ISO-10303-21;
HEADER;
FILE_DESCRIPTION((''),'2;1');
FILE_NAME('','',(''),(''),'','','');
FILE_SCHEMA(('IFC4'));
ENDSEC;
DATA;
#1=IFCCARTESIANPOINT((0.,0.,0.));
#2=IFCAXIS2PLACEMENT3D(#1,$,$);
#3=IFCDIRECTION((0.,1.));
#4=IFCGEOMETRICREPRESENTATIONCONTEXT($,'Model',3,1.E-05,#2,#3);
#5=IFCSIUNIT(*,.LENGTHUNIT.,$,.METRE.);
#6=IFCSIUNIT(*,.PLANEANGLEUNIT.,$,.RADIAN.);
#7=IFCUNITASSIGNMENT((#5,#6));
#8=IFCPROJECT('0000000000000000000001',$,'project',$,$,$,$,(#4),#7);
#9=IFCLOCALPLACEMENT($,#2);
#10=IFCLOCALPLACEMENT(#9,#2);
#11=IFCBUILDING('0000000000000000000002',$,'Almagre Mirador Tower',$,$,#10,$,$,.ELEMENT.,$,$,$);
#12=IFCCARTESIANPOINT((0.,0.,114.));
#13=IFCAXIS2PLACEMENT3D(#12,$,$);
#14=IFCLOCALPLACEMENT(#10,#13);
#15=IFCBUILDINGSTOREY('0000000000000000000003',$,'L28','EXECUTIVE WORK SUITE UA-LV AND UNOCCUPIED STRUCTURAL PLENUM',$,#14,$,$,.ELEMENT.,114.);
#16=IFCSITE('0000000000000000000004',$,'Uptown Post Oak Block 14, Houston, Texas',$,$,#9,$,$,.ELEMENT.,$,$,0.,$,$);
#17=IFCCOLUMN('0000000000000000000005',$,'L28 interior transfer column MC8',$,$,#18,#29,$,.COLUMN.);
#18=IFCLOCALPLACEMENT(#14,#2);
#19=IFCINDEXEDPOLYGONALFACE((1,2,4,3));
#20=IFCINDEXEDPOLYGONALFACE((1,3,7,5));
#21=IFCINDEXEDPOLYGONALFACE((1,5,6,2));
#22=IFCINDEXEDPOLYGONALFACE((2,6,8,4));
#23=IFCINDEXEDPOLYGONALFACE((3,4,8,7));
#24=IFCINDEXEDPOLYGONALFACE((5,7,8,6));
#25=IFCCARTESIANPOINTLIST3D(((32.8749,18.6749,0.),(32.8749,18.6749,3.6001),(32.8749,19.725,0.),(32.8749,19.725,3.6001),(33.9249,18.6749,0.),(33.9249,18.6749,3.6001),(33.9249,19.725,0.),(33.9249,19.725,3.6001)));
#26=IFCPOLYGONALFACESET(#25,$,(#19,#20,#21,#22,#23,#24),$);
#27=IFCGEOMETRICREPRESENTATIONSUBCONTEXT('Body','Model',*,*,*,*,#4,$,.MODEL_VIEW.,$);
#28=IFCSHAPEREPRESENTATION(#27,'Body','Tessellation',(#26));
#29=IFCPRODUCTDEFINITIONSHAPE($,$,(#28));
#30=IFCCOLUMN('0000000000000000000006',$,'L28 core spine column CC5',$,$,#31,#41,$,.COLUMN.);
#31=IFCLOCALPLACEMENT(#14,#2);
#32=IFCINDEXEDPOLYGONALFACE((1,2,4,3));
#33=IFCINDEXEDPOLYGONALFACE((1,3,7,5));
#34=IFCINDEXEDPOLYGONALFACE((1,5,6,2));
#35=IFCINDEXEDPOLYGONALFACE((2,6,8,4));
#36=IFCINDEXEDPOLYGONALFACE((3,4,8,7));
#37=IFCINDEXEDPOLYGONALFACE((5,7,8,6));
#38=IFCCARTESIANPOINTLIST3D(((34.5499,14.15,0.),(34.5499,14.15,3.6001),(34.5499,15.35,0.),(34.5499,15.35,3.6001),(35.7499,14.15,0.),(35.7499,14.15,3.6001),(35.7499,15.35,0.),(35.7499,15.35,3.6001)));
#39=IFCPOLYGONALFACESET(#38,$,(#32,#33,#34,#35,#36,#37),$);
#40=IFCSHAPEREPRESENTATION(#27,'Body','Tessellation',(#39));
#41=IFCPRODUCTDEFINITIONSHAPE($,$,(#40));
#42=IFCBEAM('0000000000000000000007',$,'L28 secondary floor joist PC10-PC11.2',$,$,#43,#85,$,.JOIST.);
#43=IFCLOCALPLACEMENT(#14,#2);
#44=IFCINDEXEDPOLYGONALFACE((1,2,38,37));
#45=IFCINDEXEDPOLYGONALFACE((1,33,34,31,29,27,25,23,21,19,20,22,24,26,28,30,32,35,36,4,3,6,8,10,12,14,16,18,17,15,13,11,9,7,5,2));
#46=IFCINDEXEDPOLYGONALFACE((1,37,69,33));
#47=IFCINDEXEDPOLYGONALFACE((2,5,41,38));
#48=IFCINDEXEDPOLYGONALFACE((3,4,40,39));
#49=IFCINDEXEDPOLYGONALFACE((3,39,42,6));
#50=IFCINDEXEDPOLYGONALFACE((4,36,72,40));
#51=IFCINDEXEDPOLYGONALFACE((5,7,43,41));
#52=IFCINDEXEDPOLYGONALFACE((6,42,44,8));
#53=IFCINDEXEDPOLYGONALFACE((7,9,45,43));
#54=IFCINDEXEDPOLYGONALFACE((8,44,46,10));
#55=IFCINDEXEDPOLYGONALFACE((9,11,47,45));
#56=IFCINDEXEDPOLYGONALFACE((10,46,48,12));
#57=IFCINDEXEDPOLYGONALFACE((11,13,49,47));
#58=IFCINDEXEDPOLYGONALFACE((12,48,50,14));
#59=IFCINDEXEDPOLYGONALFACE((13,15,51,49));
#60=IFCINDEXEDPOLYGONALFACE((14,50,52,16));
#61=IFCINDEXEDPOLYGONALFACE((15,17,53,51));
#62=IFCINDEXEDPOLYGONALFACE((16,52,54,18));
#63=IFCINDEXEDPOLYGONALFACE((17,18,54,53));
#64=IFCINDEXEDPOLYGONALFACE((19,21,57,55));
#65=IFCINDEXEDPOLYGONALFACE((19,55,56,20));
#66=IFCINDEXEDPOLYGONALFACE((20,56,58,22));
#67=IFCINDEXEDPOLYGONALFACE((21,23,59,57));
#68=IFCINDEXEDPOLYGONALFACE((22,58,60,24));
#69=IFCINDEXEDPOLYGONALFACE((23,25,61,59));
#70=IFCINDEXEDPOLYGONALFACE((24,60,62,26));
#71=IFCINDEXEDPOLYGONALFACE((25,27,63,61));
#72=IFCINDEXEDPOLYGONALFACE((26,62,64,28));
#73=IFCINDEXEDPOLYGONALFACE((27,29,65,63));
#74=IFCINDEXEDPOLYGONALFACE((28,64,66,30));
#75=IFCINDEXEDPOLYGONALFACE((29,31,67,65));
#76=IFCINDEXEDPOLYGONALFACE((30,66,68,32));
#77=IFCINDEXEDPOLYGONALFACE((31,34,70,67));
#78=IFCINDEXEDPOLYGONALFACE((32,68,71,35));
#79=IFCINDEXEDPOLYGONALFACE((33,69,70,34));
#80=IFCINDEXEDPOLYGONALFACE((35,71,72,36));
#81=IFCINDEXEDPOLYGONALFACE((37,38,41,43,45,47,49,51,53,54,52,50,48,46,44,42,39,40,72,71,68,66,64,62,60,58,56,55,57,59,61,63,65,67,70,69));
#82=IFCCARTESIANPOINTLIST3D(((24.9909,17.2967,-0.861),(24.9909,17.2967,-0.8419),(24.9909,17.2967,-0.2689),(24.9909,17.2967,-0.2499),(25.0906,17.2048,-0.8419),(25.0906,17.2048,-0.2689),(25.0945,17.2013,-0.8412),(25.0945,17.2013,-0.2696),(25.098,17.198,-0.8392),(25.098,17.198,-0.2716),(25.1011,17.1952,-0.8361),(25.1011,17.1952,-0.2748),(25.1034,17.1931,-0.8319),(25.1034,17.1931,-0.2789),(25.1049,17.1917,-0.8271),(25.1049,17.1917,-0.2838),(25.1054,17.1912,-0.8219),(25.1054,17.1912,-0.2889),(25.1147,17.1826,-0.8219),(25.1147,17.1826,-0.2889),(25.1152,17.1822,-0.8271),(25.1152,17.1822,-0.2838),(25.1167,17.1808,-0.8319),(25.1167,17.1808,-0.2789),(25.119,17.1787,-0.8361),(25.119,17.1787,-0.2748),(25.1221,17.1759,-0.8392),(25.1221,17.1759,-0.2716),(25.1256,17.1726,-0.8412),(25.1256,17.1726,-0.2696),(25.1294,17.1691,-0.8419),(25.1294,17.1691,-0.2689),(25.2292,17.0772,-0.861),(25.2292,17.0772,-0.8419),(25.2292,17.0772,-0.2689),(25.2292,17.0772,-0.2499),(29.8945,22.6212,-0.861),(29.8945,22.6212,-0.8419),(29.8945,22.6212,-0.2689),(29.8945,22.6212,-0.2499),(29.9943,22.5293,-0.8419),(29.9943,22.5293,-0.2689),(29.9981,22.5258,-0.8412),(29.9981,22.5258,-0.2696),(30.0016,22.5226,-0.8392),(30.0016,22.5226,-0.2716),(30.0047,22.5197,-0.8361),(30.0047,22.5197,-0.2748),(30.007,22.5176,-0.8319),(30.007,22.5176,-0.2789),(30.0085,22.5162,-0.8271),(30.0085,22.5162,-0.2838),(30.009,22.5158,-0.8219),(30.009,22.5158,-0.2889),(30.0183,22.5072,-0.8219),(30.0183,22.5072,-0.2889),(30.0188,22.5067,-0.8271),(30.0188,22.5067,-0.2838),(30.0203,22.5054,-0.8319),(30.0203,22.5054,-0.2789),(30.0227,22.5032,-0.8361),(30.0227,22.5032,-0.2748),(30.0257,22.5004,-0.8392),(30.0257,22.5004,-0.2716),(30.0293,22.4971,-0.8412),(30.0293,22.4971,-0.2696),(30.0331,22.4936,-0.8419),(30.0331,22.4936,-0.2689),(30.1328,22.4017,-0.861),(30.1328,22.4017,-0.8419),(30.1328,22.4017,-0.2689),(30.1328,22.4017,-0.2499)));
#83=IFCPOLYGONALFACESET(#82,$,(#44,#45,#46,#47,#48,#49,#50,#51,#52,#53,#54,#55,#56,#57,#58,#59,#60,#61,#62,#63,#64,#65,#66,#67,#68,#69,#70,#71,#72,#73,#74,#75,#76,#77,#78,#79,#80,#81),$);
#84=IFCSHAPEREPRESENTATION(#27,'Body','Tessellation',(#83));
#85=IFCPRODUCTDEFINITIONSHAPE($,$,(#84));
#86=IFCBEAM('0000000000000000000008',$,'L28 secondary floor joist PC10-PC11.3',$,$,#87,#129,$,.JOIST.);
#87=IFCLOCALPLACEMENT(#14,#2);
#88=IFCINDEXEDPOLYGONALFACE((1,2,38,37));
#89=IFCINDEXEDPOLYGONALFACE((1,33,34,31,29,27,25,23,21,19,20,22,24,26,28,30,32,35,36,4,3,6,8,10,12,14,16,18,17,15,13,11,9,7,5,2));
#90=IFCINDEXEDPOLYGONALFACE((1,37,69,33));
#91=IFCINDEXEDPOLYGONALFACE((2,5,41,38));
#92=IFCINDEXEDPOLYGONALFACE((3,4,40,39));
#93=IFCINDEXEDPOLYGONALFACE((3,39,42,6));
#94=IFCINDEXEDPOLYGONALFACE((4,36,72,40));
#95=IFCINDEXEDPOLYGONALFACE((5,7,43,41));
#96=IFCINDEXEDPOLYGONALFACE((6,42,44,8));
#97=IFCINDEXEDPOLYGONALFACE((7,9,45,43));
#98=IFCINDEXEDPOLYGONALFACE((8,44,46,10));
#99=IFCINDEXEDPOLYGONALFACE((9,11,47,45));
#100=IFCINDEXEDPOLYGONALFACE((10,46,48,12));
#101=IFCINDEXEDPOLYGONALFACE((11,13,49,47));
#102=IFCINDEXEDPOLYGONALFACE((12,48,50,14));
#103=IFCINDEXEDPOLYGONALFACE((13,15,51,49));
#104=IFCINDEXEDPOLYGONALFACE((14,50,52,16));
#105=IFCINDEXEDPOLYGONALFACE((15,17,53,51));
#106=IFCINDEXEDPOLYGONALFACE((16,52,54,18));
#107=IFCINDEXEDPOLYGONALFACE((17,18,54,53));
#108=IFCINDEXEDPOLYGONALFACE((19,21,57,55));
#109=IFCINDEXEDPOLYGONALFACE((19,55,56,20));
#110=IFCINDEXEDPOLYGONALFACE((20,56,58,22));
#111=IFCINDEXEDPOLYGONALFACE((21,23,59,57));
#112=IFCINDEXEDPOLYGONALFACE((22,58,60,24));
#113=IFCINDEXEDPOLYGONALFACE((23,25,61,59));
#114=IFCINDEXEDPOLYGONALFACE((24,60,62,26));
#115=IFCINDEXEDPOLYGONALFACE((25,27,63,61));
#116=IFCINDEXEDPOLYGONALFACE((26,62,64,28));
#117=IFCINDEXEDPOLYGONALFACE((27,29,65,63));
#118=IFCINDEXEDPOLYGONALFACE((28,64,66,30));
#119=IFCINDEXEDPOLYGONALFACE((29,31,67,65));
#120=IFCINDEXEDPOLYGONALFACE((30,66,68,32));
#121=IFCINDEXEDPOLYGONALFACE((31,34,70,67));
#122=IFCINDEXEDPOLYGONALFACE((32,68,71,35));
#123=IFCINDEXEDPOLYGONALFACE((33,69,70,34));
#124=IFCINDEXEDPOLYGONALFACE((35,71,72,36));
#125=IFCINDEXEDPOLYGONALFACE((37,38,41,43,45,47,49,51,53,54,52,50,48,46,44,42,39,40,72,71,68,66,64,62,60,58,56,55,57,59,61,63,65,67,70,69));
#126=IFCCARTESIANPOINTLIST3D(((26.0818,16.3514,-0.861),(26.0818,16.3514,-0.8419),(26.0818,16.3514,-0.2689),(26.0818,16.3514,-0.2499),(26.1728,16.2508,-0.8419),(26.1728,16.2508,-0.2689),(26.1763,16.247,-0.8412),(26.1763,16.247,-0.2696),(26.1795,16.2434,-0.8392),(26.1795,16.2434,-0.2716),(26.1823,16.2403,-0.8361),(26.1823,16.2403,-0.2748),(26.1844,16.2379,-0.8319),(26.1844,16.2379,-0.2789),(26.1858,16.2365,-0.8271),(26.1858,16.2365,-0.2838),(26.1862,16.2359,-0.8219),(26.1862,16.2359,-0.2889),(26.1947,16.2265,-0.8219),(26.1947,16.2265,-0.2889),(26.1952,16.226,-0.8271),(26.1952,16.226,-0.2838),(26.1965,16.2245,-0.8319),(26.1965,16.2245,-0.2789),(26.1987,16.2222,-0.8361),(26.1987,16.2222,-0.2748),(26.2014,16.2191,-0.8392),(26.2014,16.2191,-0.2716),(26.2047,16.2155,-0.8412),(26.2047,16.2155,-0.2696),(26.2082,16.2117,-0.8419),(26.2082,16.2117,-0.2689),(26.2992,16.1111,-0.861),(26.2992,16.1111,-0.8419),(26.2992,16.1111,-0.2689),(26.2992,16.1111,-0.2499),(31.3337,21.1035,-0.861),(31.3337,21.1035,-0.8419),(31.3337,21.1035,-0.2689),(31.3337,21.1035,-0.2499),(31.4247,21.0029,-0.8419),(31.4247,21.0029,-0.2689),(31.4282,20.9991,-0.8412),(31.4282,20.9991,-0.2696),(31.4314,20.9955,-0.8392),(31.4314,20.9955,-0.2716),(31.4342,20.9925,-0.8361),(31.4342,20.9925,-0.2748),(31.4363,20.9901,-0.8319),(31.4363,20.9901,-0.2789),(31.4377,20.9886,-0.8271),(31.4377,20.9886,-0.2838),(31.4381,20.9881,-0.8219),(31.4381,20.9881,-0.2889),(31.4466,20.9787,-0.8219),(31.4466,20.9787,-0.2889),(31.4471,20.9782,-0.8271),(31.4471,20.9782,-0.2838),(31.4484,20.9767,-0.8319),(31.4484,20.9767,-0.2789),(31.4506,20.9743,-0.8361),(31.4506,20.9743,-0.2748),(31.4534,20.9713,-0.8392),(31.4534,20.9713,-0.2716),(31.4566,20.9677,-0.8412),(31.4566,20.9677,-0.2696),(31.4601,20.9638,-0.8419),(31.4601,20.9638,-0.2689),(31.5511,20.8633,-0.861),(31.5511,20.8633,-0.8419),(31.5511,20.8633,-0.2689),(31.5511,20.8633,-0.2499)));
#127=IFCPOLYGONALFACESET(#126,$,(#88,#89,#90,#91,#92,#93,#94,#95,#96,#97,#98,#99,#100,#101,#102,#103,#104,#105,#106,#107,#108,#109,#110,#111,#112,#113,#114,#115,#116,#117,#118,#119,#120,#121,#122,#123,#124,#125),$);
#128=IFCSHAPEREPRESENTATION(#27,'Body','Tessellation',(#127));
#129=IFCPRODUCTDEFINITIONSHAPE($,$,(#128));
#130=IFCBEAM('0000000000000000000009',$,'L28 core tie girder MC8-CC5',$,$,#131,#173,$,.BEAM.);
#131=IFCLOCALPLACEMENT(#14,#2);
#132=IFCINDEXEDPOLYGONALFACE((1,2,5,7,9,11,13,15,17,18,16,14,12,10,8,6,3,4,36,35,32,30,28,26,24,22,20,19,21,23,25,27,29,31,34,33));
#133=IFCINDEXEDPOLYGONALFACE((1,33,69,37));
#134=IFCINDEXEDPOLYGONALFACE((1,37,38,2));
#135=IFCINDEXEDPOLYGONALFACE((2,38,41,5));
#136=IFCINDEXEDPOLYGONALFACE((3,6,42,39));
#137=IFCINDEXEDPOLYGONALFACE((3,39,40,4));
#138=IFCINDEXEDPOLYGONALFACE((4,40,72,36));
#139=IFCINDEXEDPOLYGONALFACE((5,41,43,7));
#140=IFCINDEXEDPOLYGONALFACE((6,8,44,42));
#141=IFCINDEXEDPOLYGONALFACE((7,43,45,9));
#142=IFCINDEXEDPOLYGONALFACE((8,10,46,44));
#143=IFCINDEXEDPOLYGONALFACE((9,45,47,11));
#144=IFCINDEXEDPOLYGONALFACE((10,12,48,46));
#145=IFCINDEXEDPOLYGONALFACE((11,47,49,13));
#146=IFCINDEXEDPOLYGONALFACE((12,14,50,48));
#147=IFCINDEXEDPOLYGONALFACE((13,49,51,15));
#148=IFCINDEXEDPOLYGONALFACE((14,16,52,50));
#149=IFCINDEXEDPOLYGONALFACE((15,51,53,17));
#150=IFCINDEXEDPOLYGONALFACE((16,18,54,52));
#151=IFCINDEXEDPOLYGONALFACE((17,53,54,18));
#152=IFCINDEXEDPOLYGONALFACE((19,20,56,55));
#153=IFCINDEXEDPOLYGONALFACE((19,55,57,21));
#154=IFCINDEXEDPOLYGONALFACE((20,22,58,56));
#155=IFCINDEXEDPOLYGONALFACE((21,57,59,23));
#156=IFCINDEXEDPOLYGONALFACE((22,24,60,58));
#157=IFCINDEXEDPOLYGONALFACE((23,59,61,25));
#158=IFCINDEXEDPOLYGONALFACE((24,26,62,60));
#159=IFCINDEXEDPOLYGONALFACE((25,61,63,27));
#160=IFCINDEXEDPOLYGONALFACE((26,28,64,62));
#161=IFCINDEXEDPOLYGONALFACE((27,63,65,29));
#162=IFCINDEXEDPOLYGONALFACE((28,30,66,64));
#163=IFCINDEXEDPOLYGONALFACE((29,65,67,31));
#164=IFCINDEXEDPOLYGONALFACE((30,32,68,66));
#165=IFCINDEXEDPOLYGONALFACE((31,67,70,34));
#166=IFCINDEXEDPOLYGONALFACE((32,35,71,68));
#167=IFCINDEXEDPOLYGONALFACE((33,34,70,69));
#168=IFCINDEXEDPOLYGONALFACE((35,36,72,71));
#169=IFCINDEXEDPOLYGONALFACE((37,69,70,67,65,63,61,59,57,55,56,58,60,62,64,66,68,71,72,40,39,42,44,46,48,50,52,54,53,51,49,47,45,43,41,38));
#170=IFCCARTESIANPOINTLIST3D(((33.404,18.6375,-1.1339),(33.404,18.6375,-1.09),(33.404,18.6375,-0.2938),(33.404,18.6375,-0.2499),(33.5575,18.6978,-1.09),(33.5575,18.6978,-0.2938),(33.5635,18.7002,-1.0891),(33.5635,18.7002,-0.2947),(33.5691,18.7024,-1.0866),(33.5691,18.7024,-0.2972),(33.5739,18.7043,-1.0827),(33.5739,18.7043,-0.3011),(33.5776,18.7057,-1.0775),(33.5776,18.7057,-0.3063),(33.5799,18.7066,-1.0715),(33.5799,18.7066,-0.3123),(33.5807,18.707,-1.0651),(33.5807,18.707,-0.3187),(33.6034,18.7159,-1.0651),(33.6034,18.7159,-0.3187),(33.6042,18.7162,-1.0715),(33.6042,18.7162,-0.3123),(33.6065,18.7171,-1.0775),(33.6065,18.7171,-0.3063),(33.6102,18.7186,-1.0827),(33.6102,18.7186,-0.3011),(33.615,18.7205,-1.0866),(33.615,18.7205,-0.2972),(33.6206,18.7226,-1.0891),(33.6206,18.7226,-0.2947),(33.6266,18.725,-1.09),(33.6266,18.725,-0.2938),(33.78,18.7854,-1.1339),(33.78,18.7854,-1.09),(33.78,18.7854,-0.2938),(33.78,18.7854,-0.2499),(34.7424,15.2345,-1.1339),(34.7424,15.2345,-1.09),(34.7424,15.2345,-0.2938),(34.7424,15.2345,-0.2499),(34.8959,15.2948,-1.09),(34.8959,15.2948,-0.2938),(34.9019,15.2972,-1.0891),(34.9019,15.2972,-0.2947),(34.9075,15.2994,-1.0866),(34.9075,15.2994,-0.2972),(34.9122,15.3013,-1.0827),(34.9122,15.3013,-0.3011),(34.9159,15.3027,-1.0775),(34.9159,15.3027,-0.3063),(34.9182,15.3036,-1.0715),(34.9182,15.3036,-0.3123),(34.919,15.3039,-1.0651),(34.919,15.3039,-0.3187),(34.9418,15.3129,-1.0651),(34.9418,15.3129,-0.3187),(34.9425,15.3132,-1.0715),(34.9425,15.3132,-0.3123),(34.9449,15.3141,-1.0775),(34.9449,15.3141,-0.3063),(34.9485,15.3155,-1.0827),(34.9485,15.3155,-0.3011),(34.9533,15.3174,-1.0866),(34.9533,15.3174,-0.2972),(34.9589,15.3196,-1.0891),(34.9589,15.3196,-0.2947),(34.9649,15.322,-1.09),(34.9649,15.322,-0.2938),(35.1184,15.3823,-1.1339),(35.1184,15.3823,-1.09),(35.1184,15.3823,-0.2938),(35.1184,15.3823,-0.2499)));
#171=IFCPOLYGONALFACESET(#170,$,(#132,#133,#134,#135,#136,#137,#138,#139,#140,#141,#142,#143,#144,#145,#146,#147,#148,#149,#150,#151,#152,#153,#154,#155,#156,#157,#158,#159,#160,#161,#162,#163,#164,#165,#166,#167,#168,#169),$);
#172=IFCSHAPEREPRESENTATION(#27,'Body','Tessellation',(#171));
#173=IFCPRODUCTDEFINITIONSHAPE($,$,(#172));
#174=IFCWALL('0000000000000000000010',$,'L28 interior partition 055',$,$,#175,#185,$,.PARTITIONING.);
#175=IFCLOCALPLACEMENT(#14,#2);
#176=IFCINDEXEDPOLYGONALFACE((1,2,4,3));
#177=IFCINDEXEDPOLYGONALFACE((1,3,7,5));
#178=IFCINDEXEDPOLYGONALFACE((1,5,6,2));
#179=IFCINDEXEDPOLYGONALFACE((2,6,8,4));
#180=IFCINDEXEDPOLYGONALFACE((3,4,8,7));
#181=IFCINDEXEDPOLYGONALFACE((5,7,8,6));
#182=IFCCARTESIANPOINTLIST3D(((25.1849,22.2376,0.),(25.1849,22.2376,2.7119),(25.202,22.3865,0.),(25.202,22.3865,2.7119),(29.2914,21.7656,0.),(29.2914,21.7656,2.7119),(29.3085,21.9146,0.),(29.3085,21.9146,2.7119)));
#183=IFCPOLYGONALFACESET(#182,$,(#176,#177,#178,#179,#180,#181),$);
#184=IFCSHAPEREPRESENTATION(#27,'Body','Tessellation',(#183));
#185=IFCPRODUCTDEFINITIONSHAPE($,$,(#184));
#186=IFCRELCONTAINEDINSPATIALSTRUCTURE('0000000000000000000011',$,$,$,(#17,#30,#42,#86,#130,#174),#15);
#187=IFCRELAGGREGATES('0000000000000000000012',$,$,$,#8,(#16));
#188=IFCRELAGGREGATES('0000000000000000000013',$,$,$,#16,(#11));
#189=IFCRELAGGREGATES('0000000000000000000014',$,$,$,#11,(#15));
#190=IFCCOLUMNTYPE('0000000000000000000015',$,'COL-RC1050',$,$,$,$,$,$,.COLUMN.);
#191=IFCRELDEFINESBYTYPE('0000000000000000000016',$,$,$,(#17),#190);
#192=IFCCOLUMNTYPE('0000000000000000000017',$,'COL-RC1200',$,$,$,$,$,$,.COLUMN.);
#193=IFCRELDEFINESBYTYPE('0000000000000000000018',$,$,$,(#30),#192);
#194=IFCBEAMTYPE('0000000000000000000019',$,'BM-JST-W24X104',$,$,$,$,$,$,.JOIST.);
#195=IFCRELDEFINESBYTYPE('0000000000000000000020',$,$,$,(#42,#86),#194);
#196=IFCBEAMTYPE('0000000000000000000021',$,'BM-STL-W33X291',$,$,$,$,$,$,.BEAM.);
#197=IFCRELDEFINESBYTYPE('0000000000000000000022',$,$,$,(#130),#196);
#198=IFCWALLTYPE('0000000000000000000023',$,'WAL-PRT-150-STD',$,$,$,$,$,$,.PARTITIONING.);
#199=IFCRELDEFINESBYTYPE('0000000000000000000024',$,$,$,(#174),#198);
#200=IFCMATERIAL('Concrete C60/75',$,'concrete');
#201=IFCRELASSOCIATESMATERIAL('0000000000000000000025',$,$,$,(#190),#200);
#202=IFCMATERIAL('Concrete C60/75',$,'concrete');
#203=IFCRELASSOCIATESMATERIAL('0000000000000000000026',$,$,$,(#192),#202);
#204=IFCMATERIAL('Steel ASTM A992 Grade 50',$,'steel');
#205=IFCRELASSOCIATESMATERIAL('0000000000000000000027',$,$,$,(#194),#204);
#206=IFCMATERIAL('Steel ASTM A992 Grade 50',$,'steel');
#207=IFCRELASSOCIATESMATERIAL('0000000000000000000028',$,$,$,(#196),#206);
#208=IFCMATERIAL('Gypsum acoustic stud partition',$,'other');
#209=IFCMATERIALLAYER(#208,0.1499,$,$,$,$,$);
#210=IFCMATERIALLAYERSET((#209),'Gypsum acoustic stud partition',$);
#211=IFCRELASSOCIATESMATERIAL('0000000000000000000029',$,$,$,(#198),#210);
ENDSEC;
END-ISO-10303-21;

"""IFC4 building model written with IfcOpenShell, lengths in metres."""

from ifc_helpers import new_model, si_unit, direction, frame, frame_2d, origin, origin_2d, place, context, subcontext, project, spatial, rectangle, i_section, extrude, material, layer, layer_set, material_profile, profile_set, type_object, element, save


model = new_model("IFC4")

# Units and contexts
model_context = context("Model", 3, precision=1e-05, world=origin(), true_north=direction((0.0, 1.0)))
body_context = subcontext(model_context, "Body", "Model", "MODEL_VIEW")
ifc_project = project(units=[si_unit("LENGTHUNIT", "METRE"), si_unit("PLANEANGLEUNIT", "RADIAN")], contexts=[model_context])

# Site, building, storey
site_placement = place(None, origin())
site = spatial("IfcSite", under=ifc_project, at=site_placement, Name="Uptown Post Oak Block 14, Houston, Texas", CompositionType="ELEMENT", RefElevation=0.0)
building_placement = place(site_placement, origin())
building = spatial("IfcBuilding", under=site, at=building_placement, Name="Almagre Mirador Tower", CompositionType="ELEMENT")
storey_placement = place(building_placement, frame((0.0, 0.0, 114.0)))
storey = spatial("IfcBuildingStorey", under=building, at=storey_placement, Name="L28", Description="EXECUTIVE WORK SUITE UA-LV AND UNOCCUPIED STRUCTURAL PLENUM", CompositionType="ELEMENT", Elevation=114.0)

# Columns
ifc_material_1 = material(Name="Concrete C60/75", Category="concrete")
ifc_material_profile_1 = material_profile(ifc_material_1, rectangle(XDim=1.05, YDim=1.05, at=origin_2d()), Name="RC1050X1050")
ifc_profile_set_1 = profile_set([ifc_material_profile_1], Name="Concrete C60/75")
column_type_1 = type_object("IfcColumnType", Name="COL-RC1050", PredefinedType="COLUMN", material=ifc_profile_set_1)
column_1_placement = place(storey_placement, frame((33.3999, 19.2, 0.0), z_axis=(0.0, 0.0, 1.0), x_axis=(1.0, 0.0, 0.0)))
element("IfcColumn", 1, at=column_1_placement, inside=storey, type_object=column_type_1, Name="L28 interior transfer column MC8", PredefinedType="COLUMN", context=body_context, shape_type="SweptSolid", body=[
    extrude(rectangle(XDim=1.05, YDim=1.05, at=origin_2d()), origin(), (0.0, 0.0, 1.0), 3.6001),
])
ifc_material_2 = material(Name="Concrete C60/75", Category="concrete")
ifc_material_profile_2 = material_profile(ifc_material_2, rectangle(XDim=1.2, YDim=1.2, at=origin_2d()), Name="RC1200X1200")
ifc_profile_set_2 = profile_set([ifc_material_profile_2], Name="Concrete C60/75")
column_type_2 = type_object("IfcColumnType", Name="COL-RC1200", PredefinedType="COLUMN", material=ifc_profile_set_2)
column_2_placement = place(storey_placement, frame((35.1499, 14.75, 0.0), z_axis=(0.0, 0.0, 1.0), x_axis=(1.0, 0.0, 0.0)))
element("IfcColumn", 2, at=column_2_placement, inside=storey, type_object=column_type_2, Name="L28 core spine column CC5", PredefinedType="COLUMN", context=body_context, shape_type="SweptSolid", body=[
    extrude(rectangle(XDim=1.2, YDim=1.2, at=origin_2d()), origin(), (0.0, 0.0, 1.0), 3.6001),
])

# Beams
ifc_material_3 = material(Name="Steel ASTM A992 Grade 50", Category="steel")
ifc_material_profile_3 = material_profile(ifc_material_3, i_section(OverallWidth=0.324, OverallDepth=0.6111, WebThickness=0.0127, FlangeThickness=0.019, FilletRadius=0.02, at=origin_2d()), Name="W24X104")
ifc_profile_set_3 = profile_set([ifc_material_profile_3], Name="Steel ASTM A992 Grade 50")
beam_type_1 = type_object("IfcBeamType", Name="BM-JST-W24X104", PredefinedType="JOIST", material=ifc_profile_set_3)
beam_1_placement = place(storey_placement, frame((30.0137, 22.5115, -0.5554), z_axis=(-0.677435, -0.735583, 0.0), x_axis=(0.735583, -0.677435, 0.0)))
element("IfcBeam", 3, at=beam_1_placement, inside=storey, type_object=beam_type_1, Name="L28 secondary floor joist PC10-PC11.2", PredefinedType="JOIST", context=body_context, shape_type="SweptSolid", body=[
    extrude(i_section(OverallWidth=0.324, OverallDepth=0.6111, WebThickness=0.0127, FlangeThickness=0.019, FilletRadius=0.02, at=origin_2d()), origin(), (0.0, 0.0, 1.0), 7.2385),
])
beam_2_placement = place(storey_placement, frame((31.4424, 20.9834, -0.5554), z_axis=(-0.741506, -0.670947, 0.0), x_axis=(0.670947, -0.741506, 0.0)))
element("IfcBeam", 4, at=beam_2_placement, inside=storey, type_object=beam_type_1, Name="L28 secondary floor joist PC10-PC11.3", PredefinedType="JOIST", context=body_context, shape_type="SweptSolid", body=[
    extrude(i_section(OverallWidth=0.324, OverallDepth=0.6111, WebThickness=0.0127, FlangeThickness=0.019, FilletRadius=0.02, at=origin_2d()), origin(), (0.0, 0.0, 1.0), 7.0828),
])
ifc_material_4 = material(Name="Steel ASTM A992 Grade 50", Category="steel")
ifc_material_profile_4 = material_profile(ifc_material_4, i_section(OverallWidth=0.4041, OverallDepth=0.884, WebThickness=0.0244, FlangeThickness=0.0439, FilletRadius=0.0249, at=origin_2d()), Name="W33X291")
ifc_profile_set_4 = profile_set([ifc_material_profile_4], Name="Steel ASTM A992 Grade 50")
beam_type_2 = type_object("IfcBeamType", Name="BM-STL-W33X291", PredefinedType="BEAM", material=ifc_profile_set_4)
beam_3_placement = place(storey_placement, frame((33.592, 18.7114, -0.6919), z_axis=(0.365997, -0.930616, 0.0), x_axis=(0.930616, 0.365997, 0.0)))
element("IfcBeam", 5, at=beam_3_placement, inside=storey, type_object=beam_type_2, Name="L28 core tie girder MC8-CC5", PredefinedType="BEAM", context=body_context, shape_type="SweptSolid", body=[
    extrude(i_section(OverallWidth=0.4041, OverallDepth=0.884, WebThickness=0.0244, FlangeThickness=0.0439, FilletRadius=0.0249, at=origin_2d()), origin(), (0.0, 0.0, 1.0), 3.6567),
])

# Wall
ifc_material_5 = material(Name="Gypsum acoustic stud partition", Category="other")
ifc_layer_1 = layer(ifc_material_5, 0.1499)
ifc_layer_set_1 = layer_set([ifc_layer_1], Name="Gypsum acoustic stud partition")
wall_type_1 = type_object("IfcWallType", Name="WAL-PRT-150-STD", PredefinedType="PARTITIONING", material=ifc_layer_set_1)
wall_1_placement = place(storey_placement, frame((29.3, 21.8401, 0.0), z_axis=(0.0, 0.0, 1.0), x_axis=(-0.993461, 0.114171, 0.0)))
element("IfcWall", 6, at=wall_1_placement, inside=storey, type_object=wall_type_1, Name="L28 interior partition 055", PredefinedType="PARTITIONING", context=body_context, shape_type="SweptSolid", body=[
    extrude(rectangle(XDim=4.1335, YDim=0.1499, at=frame_2d((2.0669, 0.0))), origin(), (0.0, 0.0, 1.0), 2.7119),
])

save(model, "model.ifc")
